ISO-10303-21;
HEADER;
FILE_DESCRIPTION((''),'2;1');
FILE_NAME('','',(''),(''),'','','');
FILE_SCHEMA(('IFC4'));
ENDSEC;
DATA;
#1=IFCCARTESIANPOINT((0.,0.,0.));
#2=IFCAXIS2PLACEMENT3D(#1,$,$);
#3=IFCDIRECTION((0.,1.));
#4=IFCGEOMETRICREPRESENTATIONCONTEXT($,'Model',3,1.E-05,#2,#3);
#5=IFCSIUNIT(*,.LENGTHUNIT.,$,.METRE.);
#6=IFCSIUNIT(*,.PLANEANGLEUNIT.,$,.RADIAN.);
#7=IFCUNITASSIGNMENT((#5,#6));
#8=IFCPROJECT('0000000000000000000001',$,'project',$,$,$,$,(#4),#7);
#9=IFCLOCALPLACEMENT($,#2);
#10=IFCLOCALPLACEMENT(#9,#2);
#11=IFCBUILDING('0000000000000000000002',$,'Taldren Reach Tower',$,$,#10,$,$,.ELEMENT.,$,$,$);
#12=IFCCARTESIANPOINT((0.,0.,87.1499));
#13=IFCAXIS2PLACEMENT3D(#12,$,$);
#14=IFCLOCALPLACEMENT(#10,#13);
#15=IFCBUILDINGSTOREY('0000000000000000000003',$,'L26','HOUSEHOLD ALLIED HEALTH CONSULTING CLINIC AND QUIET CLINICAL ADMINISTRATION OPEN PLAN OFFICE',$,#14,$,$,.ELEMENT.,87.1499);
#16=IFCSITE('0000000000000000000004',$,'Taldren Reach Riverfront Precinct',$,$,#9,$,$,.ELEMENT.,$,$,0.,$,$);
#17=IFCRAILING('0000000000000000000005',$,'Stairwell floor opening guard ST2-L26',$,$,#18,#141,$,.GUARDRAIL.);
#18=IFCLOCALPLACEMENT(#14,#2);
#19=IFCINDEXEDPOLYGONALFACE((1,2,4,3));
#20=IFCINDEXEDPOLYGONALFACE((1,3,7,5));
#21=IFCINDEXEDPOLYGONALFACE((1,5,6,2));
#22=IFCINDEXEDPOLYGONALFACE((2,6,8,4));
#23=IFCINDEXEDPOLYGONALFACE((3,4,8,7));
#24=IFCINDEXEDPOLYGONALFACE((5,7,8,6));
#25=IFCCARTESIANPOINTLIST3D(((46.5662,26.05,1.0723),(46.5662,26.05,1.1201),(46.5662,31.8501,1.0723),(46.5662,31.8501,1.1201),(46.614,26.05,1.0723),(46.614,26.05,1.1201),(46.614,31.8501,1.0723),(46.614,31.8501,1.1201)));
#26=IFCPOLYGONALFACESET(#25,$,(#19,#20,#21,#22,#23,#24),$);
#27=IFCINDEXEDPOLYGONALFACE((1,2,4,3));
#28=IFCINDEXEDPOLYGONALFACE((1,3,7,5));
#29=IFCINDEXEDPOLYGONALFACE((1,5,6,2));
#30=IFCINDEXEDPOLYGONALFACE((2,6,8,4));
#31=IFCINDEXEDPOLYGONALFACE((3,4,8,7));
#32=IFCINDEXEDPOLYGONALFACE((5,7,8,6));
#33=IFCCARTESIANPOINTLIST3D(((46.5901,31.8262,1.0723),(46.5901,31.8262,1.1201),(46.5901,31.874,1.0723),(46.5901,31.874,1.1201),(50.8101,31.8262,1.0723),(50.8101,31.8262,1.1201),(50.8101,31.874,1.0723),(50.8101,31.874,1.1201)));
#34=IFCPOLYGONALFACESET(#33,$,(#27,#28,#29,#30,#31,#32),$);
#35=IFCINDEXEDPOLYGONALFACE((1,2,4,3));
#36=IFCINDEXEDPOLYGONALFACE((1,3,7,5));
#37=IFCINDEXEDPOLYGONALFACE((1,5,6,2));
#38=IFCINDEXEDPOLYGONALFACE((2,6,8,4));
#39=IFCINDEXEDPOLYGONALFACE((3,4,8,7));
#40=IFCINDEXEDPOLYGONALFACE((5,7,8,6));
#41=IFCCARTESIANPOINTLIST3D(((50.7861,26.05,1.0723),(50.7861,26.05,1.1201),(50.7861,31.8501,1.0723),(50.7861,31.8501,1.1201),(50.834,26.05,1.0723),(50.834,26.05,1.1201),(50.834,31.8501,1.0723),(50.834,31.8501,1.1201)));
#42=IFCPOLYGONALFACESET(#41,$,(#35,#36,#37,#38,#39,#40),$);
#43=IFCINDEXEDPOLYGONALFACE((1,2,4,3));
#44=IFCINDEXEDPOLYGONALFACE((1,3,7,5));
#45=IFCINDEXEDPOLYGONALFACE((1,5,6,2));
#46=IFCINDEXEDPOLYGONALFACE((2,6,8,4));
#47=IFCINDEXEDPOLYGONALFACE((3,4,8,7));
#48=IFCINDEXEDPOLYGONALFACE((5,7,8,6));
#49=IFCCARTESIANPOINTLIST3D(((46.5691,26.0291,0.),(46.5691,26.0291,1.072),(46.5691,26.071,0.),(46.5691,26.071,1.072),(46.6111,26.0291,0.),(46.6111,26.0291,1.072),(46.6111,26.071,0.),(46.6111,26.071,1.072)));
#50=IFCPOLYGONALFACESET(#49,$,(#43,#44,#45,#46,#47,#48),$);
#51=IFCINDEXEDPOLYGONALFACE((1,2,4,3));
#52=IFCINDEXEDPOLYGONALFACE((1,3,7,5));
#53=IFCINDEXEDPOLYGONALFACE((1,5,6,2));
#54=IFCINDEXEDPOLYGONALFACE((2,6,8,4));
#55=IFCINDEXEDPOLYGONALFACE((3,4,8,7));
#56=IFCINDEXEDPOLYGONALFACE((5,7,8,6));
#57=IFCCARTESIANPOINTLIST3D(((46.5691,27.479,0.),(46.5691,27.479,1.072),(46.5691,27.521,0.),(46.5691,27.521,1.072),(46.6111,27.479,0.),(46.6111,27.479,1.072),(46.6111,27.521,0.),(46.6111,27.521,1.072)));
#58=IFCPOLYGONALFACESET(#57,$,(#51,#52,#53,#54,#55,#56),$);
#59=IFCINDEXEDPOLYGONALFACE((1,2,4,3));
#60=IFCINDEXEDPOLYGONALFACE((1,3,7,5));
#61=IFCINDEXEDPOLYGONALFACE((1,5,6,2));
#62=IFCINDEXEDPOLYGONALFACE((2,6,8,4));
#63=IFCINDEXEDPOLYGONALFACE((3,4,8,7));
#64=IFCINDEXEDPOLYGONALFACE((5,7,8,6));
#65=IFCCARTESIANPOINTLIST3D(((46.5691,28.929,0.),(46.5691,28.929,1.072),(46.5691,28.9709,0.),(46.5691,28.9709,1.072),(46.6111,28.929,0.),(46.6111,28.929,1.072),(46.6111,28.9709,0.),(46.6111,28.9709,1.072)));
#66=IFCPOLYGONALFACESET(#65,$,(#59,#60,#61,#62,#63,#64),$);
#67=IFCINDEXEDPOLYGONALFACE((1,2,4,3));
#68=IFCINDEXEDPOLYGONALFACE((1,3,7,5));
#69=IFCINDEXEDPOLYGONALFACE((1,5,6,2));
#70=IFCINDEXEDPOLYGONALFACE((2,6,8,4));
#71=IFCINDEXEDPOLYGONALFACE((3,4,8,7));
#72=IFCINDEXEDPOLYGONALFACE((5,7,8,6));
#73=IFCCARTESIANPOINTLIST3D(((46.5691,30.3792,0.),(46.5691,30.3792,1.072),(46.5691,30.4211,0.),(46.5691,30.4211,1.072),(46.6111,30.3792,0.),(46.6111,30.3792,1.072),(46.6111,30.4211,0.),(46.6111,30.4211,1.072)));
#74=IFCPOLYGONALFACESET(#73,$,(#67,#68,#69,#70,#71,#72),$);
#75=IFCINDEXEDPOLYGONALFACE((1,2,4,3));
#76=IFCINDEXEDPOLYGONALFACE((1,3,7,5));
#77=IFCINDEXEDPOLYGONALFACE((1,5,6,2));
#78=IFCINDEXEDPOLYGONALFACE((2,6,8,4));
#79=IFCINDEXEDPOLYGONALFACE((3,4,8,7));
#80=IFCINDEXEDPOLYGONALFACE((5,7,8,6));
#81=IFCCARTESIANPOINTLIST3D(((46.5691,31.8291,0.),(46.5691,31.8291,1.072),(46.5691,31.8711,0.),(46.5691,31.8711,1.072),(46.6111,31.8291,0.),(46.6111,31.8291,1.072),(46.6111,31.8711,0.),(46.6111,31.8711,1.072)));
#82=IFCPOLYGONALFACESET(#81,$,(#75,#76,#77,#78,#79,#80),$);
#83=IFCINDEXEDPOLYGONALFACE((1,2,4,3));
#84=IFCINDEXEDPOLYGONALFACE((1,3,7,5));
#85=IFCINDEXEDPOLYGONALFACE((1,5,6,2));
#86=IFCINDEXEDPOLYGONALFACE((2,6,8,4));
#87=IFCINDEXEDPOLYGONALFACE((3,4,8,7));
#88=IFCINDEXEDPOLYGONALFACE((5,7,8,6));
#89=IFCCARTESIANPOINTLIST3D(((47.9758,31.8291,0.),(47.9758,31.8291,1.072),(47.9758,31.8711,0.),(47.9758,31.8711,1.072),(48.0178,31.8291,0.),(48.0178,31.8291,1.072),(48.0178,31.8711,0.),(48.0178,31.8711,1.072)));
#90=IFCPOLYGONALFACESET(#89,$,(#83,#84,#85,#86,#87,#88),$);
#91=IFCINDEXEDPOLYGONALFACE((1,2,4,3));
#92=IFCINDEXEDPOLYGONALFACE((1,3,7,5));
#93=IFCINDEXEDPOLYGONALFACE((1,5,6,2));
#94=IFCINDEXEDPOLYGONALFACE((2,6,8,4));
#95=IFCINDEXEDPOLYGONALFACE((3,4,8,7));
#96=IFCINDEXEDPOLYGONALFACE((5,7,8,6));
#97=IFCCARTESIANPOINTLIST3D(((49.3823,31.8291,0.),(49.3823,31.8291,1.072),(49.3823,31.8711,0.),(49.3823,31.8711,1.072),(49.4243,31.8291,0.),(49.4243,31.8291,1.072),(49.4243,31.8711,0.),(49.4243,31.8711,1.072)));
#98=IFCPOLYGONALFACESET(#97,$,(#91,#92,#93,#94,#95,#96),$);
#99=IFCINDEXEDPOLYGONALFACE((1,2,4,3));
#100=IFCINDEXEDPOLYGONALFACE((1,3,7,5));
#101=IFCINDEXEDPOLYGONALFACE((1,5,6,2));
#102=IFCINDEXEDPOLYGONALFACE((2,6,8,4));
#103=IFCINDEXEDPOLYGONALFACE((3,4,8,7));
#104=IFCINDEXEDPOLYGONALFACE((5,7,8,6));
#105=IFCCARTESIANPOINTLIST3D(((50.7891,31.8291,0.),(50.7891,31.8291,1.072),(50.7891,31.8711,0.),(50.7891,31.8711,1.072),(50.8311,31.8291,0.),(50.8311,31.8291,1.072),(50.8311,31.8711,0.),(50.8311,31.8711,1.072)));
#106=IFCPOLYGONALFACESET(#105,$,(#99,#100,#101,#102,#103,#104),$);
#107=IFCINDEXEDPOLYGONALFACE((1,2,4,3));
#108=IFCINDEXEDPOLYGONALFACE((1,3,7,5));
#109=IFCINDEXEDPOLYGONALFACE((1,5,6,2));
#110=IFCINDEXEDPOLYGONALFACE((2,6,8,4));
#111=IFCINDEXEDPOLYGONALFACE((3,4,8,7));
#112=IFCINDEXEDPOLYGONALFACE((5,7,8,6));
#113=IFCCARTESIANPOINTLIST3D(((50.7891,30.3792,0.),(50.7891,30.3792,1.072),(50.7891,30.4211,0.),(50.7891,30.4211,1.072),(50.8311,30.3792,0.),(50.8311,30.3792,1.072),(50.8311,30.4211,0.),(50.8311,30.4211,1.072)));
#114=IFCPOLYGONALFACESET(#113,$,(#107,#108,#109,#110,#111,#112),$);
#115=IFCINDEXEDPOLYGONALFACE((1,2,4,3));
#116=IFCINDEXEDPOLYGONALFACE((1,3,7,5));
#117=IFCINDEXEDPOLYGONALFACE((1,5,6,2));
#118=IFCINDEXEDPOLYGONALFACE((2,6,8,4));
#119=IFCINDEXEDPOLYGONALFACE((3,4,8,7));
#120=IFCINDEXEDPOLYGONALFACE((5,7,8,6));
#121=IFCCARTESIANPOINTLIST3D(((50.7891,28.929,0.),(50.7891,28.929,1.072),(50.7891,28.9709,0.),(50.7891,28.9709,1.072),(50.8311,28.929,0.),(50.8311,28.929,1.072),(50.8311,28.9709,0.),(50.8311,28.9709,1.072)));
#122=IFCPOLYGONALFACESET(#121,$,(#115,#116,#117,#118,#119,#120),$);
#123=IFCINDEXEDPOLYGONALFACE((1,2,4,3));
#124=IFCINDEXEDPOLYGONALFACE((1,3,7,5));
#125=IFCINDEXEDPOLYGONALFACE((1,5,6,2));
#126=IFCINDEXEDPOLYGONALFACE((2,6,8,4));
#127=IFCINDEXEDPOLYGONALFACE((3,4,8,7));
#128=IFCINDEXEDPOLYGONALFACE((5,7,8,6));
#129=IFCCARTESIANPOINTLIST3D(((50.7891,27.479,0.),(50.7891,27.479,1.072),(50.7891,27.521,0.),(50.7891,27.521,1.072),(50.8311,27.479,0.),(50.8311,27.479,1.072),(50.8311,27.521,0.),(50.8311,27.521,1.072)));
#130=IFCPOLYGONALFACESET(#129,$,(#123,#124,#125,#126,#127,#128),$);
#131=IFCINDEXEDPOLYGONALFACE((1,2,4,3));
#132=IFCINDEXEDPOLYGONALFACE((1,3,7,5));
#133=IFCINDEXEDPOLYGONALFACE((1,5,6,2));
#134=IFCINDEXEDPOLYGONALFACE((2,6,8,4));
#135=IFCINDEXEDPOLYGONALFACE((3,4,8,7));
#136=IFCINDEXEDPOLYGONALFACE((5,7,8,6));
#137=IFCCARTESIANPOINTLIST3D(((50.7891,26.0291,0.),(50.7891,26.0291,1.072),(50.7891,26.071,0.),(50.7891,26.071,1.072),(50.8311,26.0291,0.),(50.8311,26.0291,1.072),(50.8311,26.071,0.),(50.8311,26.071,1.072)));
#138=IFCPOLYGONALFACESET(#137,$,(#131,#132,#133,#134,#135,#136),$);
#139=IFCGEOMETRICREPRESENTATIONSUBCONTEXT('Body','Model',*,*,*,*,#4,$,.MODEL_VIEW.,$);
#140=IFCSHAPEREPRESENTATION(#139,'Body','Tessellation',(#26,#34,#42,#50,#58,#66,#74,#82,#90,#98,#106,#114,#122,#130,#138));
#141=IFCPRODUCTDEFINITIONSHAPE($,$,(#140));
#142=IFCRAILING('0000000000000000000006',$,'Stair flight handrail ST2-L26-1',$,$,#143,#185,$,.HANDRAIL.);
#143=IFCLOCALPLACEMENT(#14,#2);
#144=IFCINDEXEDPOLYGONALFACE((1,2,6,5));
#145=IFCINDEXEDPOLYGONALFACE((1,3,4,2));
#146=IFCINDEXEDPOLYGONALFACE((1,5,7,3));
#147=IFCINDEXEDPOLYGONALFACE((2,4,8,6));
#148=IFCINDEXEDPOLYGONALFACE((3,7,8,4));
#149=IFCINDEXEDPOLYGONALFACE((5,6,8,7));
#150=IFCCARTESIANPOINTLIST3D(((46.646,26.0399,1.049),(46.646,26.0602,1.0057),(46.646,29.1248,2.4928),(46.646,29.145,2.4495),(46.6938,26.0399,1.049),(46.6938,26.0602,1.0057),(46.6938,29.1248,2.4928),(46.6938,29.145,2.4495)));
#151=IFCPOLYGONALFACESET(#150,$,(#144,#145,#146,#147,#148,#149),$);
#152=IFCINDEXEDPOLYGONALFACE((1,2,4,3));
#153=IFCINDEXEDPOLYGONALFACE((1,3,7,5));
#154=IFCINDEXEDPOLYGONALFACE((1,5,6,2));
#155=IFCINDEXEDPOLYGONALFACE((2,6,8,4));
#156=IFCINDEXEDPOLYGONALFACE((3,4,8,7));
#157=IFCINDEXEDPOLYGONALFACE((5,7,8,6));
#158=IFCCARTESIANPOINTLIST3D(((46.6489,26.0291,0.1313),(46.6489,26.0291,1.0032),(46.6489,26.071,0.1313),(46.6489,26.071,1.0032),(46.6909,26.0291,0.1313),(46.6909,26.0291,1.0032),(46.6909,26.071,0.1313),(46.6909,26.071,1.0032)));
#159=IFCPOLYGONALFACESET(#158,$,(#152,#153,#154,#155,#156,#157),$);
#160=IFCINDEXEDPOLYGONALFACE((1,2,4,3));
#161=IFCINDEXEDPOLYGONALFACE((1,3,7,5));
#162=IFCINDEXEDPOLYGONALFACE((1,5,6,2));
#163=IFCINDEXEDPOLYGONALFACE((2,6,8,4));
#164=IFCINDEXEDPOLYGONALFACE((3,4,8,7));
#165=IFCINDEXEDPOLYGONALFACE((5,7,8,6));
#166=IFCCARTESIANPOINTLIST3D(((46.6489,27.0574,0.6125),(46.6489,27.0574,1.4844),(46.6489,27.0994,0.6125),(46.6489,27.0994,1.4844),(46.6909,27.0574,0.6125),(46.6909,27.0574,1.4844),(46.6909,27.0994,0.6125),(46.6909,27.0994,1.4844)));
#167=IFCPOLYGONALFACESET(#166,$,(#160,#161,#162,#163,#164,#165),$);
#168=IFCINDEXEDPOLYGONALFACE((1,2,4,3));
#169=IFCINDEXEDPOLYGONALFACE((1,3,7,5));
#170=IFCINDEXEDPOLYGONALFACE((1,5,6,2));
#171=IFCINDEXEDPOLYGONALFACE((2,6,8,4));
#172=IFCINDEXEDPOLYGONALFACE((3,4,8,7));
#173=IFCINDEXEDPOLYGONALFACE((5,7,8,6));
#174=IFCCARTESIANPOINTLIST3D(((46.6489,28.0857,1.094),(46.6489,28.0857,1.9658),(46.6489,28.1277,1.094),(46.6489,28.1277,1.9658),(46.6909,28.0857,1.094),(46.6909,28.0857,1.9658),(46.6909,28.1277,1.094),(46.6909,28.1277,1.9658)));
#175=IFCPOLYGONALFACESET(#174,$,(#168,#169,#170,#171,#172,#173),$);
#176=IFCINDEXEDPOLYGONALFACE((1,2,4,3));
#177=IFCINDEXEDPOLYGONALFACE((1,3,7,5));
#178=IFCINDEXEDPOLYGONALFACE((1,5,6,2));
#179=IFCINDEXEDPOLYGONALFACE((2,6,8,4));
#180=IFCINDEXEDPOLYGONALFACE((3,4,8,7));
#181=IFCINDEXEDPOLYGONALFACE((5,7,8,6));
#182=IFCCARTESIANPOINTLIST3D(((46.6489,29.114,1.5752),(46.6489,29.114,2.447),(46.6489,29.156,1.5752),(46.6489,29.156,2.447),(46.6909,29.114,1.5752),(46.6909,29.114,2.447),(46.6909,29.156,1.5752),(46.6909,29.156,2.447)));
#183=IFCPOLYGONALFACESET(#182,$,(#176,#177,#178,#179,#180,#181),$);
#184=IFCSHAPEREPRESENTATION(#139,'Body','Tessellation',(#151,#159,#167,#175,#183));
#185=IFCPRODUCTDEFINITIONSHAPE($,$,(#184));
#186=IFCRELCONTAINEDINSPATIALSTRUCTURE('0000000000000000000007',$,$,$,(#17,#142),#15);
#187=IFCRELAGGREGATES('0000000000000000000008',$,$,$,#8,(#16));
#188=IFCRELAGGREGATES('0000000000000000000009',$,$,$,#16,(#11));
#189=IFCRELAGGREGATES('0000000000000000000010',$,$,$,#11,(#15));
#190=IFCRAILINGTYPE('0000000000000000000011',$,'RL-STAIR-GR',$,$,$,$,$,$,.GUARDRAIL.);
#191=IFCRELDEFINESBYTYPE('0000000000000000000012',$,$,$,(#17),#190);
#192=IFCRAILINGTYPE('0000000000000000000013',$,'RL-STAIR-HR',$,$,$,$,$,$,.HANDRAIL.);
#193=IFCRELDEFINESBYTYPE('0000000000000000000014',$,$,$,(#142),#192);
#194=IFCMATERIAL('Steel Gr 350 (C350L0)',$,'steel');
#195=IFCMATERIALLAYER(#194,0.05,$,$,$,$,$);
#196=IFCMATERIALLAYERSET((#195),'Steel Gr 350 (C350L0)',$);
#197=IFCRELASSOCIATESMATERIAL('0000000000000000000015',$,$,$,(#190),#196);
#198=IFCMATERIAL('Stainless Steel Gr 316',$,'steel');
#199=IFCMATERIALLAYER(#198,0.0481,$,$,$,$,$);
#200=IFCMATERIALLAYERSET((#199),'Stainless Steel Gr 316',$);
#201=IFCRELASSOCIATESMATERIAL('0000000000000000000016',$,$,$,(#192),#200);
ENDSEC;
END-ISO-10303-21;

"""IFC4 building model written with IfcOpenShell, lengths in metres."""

from ifc_helpers import new_model, si_unit, direction, frame, origin, origin_2d, place, context, subcontext, project, spatial, rectangle, extrude, material, layer, layer_set, type_object, element, save


model = new_model("IFC4")

# Units and contexts
model_context = context("Model", 3, precision=1e-05, world=origin(), true_north=direction((0.0, 1.0)))
body_context = subcontext(model_context, "Body", "Model", "MODEL_VIEW")
ifc_project = project(units=[si_unit("LENGTHUNIT", "METRE"), si_unit("PLANEANGLEUNIT", "RADIAN")], contexts=[model_context])

# Site, building, storey
site_placement = place(None, origin())
site = spatial("IfcSite", under=ifc_project, at=site_placement, Name="Taldren Reach Riverfront Precinct", CompositionType="ELEMENT", RefElevation=0.0)
building_placement = place(site_placement, origin())
building = spatial("IfcBuilding", under=site, at=building_placement, Name="Taldren Reach Tower", CompositionType="ELEMENT")
storey_placement = place(building_placement, frame((0.0, 0.0, 87.1499)))
storey = spatial("IfcBuildingStorey", under=building, at=storey_placement, Name="L26", Description="HOUSEHOLD ALLIED HEALTH CONSULTING CLINIC AND QUIET CLINICAL ADMINISTRATION OPEN PLAN OFFICE", CompositionType="ELEMENT", Elevation=87.1499)

# Shared definitions
ifc_material_1 = material(Name="Steel Gr 350 (C350L0)", Category="steel")

# Railings
ifc_layer_1 = layer(ifc_material_1, 0.05)
ifc_layer_set_1 = layer_set([ifc_layer_1], Name="Steel Gr 350 (C350L0)")
railing_type_1 = type_object("IfcRailingType", Name="RL-STAIR-GR", PredefinedType="GUARDRAIL", material=ifc_layer_set_1)
railing_1_placement = place(storey_placement, frame((46.5901, 26.05, 0.0)))
element("IfcRailing", 1, at=railing_1_placement, inside=storey, type_object=railing_type_1, Name="Stairwell floor opening guard ST2-L26", PredefinedType="GUARDRAIL", context=body_context, shape_type="SweptSolid", body=[
    extrude(rectangle(XDim=0.0479, YDim=0.0479, at=origin_2d()), frame((0.0, 0.0, 1.0962), z_axis=(0.0, 1.0, 0.0), x_axis=(-1.0, 0.0, 0.0)), (0.0, 0.0, 1.0), 5.8),
    extrude(rectangle(XDim=0.0479, YDim=0.0479, at=origin_2d()), frame((0.0, 5.8, 1.0962), z_axis=(1.0, 0.0, 0.0), x_axis=(0.0, 1.0, 0.0)), (0.0, 0.0, 1.0), 4.22),
    extrude(rectangle(XDim=0.0479, YDim=0.0479, at=origin_2d()), frame((4.22, 5.8, 1.0962), z_axis=(0.0, -1.0, 0.0), x_axis=(1.0, 0.0, 0.0)), (0.0, 0.0, 1.0), 5.8),
    extrude(rectangle(XDim=0.042, YDim=0.042, at=origin_2d()), origin(), (0.0, 0.0, 1.0), 1.072),
    extrude(rectangle(XDim=0.042, YDim=0.042, at=origin_2d()), frame((0.0, 1.45, 0.0)), (0.0, 0.0, 1.0), 1.072),
    extrude(rectangle(XDim=0.042, YDim=0.042, at=origin_2d()), frame((0.0, 2.8999, 0.0)), (0.0, 0.0, 1.0), 1.072),
    extrude(rectangle(XDim=0.042, YDim=0.042, at=origin_2d()), frame((0.0, 4.3501, 0.0)), (0.0, 0.0, 1.0), 1.072),
    extrude(rectangle(XDim=0.042, YDim=0.042, at=origin_2d()), frame((0.0, 5.8, 0.0)), (0.0, 0.0, 1.0), 1.072),
    extrude(rectangle(XDim=0.042, YDim=0.042, at=origin_2d()), frame((1.4067, 5.8, 0.0)), (0.0, 0.0, 1.0), 1.072),
    extrude(rectangle(XDim=0.042, YDim=0.042, at=origin_2d()), frame((2.8132, 5.8, 0.0)), (0.0, 0.0, 1.0), 1.072),
    extrude(rectangle(XDim=0.042, YDim=0.042, at=origin_2d()), frame((4.22, 5.8, 0.0)), (0.0, 0.0, 1.0), 1.072),
    extrude(rectangle(XDim=0.042, YDim=0.042, at=origin_2d()), frame((4.22, 4.3501, 0.0)), (0.0, 0.0, 1.0), 1.072),
    extrude(rectangle(XDim=0.042, YDim=0.042, at=origin_2d()), frame((4.22, 2.8999, 0.0)), (0.0, 0.0, 1.0), 1.072),
    extrude(rectangle(XDim=0.042, YDim=0.042, at=origin_2d()), frame((4.22, 1.45, 0.0)), (0.0, 0.0, 1.0), 1.072),
    extrude(rectangle(XDim=0.042, YDim=0.042, at=origin_2d()), frame((4.22, 0.0, 0.0)), (0.0, 0.0, 1.0), 1.072),
])
ifc_material_2 = material(Name="Stainless Steel Gr 316", Category="steel")
ifc_layer_2 = layer(ifc_material_2, 0.0481)
ifc_layer_set_2 = layer_set([ifc_layer_2], Name="Stainless Steel Gr 316")
railing_type_2 = type_object("IfcRailingType", Name="RL-STAIR-HR", PredefinedType="HANDRAIL", material=ifc_layer_set_2)
railing_2_placement = place(storey_placement, frame((46.6699, 26.05, 0.1313)))
element("IfcRailing", 2, at=railing_2_placement, inside=storey, type_object=railing_type_2, Name="Stair flight handrail ST2-L26-1", PredefinedType="HANDRAIL", context=body_context, shape_type="SweptSolid", body=[
    extrude(rectangle(XDim=0.0479, YDim=0.0479, at=origin_2d()), frame((0.0, 0.0, 0.896), z_axis=(0.0, 0.90571, 0.423898), x_axis=(-1.0, 0.0, 0.0)), (0.0, 0.0, 1.0), 3.406),
    extrude(rectangle(XDim=0.042, YDim=0.042, at=origin_2d()), origin(), (0.0, 0.0, 1.0), 0.8718),
    extrude(rectangle(XDim=0.042, YDim=0.042, at=origin_2d()), frame((0.0, 1.0283, 0.4812)), (0.0, 0.0, 1.0), 0.8718),
    extrude(rectangle(XDim=0.042, YDim=0.042, at=origin_2d()), frame((0.0, 2.0566, 0.9626)), (0.0, 0.0, 1.0), 0.8718),
    extrude(rectangle(XDim=0.042, YDim=0.042, at=origin_2d()), frame((0.0, 3.085, 1.4438)), (0.0, 0.0, 1.0), 0.8718),
])

save(model, "model.ifc")
